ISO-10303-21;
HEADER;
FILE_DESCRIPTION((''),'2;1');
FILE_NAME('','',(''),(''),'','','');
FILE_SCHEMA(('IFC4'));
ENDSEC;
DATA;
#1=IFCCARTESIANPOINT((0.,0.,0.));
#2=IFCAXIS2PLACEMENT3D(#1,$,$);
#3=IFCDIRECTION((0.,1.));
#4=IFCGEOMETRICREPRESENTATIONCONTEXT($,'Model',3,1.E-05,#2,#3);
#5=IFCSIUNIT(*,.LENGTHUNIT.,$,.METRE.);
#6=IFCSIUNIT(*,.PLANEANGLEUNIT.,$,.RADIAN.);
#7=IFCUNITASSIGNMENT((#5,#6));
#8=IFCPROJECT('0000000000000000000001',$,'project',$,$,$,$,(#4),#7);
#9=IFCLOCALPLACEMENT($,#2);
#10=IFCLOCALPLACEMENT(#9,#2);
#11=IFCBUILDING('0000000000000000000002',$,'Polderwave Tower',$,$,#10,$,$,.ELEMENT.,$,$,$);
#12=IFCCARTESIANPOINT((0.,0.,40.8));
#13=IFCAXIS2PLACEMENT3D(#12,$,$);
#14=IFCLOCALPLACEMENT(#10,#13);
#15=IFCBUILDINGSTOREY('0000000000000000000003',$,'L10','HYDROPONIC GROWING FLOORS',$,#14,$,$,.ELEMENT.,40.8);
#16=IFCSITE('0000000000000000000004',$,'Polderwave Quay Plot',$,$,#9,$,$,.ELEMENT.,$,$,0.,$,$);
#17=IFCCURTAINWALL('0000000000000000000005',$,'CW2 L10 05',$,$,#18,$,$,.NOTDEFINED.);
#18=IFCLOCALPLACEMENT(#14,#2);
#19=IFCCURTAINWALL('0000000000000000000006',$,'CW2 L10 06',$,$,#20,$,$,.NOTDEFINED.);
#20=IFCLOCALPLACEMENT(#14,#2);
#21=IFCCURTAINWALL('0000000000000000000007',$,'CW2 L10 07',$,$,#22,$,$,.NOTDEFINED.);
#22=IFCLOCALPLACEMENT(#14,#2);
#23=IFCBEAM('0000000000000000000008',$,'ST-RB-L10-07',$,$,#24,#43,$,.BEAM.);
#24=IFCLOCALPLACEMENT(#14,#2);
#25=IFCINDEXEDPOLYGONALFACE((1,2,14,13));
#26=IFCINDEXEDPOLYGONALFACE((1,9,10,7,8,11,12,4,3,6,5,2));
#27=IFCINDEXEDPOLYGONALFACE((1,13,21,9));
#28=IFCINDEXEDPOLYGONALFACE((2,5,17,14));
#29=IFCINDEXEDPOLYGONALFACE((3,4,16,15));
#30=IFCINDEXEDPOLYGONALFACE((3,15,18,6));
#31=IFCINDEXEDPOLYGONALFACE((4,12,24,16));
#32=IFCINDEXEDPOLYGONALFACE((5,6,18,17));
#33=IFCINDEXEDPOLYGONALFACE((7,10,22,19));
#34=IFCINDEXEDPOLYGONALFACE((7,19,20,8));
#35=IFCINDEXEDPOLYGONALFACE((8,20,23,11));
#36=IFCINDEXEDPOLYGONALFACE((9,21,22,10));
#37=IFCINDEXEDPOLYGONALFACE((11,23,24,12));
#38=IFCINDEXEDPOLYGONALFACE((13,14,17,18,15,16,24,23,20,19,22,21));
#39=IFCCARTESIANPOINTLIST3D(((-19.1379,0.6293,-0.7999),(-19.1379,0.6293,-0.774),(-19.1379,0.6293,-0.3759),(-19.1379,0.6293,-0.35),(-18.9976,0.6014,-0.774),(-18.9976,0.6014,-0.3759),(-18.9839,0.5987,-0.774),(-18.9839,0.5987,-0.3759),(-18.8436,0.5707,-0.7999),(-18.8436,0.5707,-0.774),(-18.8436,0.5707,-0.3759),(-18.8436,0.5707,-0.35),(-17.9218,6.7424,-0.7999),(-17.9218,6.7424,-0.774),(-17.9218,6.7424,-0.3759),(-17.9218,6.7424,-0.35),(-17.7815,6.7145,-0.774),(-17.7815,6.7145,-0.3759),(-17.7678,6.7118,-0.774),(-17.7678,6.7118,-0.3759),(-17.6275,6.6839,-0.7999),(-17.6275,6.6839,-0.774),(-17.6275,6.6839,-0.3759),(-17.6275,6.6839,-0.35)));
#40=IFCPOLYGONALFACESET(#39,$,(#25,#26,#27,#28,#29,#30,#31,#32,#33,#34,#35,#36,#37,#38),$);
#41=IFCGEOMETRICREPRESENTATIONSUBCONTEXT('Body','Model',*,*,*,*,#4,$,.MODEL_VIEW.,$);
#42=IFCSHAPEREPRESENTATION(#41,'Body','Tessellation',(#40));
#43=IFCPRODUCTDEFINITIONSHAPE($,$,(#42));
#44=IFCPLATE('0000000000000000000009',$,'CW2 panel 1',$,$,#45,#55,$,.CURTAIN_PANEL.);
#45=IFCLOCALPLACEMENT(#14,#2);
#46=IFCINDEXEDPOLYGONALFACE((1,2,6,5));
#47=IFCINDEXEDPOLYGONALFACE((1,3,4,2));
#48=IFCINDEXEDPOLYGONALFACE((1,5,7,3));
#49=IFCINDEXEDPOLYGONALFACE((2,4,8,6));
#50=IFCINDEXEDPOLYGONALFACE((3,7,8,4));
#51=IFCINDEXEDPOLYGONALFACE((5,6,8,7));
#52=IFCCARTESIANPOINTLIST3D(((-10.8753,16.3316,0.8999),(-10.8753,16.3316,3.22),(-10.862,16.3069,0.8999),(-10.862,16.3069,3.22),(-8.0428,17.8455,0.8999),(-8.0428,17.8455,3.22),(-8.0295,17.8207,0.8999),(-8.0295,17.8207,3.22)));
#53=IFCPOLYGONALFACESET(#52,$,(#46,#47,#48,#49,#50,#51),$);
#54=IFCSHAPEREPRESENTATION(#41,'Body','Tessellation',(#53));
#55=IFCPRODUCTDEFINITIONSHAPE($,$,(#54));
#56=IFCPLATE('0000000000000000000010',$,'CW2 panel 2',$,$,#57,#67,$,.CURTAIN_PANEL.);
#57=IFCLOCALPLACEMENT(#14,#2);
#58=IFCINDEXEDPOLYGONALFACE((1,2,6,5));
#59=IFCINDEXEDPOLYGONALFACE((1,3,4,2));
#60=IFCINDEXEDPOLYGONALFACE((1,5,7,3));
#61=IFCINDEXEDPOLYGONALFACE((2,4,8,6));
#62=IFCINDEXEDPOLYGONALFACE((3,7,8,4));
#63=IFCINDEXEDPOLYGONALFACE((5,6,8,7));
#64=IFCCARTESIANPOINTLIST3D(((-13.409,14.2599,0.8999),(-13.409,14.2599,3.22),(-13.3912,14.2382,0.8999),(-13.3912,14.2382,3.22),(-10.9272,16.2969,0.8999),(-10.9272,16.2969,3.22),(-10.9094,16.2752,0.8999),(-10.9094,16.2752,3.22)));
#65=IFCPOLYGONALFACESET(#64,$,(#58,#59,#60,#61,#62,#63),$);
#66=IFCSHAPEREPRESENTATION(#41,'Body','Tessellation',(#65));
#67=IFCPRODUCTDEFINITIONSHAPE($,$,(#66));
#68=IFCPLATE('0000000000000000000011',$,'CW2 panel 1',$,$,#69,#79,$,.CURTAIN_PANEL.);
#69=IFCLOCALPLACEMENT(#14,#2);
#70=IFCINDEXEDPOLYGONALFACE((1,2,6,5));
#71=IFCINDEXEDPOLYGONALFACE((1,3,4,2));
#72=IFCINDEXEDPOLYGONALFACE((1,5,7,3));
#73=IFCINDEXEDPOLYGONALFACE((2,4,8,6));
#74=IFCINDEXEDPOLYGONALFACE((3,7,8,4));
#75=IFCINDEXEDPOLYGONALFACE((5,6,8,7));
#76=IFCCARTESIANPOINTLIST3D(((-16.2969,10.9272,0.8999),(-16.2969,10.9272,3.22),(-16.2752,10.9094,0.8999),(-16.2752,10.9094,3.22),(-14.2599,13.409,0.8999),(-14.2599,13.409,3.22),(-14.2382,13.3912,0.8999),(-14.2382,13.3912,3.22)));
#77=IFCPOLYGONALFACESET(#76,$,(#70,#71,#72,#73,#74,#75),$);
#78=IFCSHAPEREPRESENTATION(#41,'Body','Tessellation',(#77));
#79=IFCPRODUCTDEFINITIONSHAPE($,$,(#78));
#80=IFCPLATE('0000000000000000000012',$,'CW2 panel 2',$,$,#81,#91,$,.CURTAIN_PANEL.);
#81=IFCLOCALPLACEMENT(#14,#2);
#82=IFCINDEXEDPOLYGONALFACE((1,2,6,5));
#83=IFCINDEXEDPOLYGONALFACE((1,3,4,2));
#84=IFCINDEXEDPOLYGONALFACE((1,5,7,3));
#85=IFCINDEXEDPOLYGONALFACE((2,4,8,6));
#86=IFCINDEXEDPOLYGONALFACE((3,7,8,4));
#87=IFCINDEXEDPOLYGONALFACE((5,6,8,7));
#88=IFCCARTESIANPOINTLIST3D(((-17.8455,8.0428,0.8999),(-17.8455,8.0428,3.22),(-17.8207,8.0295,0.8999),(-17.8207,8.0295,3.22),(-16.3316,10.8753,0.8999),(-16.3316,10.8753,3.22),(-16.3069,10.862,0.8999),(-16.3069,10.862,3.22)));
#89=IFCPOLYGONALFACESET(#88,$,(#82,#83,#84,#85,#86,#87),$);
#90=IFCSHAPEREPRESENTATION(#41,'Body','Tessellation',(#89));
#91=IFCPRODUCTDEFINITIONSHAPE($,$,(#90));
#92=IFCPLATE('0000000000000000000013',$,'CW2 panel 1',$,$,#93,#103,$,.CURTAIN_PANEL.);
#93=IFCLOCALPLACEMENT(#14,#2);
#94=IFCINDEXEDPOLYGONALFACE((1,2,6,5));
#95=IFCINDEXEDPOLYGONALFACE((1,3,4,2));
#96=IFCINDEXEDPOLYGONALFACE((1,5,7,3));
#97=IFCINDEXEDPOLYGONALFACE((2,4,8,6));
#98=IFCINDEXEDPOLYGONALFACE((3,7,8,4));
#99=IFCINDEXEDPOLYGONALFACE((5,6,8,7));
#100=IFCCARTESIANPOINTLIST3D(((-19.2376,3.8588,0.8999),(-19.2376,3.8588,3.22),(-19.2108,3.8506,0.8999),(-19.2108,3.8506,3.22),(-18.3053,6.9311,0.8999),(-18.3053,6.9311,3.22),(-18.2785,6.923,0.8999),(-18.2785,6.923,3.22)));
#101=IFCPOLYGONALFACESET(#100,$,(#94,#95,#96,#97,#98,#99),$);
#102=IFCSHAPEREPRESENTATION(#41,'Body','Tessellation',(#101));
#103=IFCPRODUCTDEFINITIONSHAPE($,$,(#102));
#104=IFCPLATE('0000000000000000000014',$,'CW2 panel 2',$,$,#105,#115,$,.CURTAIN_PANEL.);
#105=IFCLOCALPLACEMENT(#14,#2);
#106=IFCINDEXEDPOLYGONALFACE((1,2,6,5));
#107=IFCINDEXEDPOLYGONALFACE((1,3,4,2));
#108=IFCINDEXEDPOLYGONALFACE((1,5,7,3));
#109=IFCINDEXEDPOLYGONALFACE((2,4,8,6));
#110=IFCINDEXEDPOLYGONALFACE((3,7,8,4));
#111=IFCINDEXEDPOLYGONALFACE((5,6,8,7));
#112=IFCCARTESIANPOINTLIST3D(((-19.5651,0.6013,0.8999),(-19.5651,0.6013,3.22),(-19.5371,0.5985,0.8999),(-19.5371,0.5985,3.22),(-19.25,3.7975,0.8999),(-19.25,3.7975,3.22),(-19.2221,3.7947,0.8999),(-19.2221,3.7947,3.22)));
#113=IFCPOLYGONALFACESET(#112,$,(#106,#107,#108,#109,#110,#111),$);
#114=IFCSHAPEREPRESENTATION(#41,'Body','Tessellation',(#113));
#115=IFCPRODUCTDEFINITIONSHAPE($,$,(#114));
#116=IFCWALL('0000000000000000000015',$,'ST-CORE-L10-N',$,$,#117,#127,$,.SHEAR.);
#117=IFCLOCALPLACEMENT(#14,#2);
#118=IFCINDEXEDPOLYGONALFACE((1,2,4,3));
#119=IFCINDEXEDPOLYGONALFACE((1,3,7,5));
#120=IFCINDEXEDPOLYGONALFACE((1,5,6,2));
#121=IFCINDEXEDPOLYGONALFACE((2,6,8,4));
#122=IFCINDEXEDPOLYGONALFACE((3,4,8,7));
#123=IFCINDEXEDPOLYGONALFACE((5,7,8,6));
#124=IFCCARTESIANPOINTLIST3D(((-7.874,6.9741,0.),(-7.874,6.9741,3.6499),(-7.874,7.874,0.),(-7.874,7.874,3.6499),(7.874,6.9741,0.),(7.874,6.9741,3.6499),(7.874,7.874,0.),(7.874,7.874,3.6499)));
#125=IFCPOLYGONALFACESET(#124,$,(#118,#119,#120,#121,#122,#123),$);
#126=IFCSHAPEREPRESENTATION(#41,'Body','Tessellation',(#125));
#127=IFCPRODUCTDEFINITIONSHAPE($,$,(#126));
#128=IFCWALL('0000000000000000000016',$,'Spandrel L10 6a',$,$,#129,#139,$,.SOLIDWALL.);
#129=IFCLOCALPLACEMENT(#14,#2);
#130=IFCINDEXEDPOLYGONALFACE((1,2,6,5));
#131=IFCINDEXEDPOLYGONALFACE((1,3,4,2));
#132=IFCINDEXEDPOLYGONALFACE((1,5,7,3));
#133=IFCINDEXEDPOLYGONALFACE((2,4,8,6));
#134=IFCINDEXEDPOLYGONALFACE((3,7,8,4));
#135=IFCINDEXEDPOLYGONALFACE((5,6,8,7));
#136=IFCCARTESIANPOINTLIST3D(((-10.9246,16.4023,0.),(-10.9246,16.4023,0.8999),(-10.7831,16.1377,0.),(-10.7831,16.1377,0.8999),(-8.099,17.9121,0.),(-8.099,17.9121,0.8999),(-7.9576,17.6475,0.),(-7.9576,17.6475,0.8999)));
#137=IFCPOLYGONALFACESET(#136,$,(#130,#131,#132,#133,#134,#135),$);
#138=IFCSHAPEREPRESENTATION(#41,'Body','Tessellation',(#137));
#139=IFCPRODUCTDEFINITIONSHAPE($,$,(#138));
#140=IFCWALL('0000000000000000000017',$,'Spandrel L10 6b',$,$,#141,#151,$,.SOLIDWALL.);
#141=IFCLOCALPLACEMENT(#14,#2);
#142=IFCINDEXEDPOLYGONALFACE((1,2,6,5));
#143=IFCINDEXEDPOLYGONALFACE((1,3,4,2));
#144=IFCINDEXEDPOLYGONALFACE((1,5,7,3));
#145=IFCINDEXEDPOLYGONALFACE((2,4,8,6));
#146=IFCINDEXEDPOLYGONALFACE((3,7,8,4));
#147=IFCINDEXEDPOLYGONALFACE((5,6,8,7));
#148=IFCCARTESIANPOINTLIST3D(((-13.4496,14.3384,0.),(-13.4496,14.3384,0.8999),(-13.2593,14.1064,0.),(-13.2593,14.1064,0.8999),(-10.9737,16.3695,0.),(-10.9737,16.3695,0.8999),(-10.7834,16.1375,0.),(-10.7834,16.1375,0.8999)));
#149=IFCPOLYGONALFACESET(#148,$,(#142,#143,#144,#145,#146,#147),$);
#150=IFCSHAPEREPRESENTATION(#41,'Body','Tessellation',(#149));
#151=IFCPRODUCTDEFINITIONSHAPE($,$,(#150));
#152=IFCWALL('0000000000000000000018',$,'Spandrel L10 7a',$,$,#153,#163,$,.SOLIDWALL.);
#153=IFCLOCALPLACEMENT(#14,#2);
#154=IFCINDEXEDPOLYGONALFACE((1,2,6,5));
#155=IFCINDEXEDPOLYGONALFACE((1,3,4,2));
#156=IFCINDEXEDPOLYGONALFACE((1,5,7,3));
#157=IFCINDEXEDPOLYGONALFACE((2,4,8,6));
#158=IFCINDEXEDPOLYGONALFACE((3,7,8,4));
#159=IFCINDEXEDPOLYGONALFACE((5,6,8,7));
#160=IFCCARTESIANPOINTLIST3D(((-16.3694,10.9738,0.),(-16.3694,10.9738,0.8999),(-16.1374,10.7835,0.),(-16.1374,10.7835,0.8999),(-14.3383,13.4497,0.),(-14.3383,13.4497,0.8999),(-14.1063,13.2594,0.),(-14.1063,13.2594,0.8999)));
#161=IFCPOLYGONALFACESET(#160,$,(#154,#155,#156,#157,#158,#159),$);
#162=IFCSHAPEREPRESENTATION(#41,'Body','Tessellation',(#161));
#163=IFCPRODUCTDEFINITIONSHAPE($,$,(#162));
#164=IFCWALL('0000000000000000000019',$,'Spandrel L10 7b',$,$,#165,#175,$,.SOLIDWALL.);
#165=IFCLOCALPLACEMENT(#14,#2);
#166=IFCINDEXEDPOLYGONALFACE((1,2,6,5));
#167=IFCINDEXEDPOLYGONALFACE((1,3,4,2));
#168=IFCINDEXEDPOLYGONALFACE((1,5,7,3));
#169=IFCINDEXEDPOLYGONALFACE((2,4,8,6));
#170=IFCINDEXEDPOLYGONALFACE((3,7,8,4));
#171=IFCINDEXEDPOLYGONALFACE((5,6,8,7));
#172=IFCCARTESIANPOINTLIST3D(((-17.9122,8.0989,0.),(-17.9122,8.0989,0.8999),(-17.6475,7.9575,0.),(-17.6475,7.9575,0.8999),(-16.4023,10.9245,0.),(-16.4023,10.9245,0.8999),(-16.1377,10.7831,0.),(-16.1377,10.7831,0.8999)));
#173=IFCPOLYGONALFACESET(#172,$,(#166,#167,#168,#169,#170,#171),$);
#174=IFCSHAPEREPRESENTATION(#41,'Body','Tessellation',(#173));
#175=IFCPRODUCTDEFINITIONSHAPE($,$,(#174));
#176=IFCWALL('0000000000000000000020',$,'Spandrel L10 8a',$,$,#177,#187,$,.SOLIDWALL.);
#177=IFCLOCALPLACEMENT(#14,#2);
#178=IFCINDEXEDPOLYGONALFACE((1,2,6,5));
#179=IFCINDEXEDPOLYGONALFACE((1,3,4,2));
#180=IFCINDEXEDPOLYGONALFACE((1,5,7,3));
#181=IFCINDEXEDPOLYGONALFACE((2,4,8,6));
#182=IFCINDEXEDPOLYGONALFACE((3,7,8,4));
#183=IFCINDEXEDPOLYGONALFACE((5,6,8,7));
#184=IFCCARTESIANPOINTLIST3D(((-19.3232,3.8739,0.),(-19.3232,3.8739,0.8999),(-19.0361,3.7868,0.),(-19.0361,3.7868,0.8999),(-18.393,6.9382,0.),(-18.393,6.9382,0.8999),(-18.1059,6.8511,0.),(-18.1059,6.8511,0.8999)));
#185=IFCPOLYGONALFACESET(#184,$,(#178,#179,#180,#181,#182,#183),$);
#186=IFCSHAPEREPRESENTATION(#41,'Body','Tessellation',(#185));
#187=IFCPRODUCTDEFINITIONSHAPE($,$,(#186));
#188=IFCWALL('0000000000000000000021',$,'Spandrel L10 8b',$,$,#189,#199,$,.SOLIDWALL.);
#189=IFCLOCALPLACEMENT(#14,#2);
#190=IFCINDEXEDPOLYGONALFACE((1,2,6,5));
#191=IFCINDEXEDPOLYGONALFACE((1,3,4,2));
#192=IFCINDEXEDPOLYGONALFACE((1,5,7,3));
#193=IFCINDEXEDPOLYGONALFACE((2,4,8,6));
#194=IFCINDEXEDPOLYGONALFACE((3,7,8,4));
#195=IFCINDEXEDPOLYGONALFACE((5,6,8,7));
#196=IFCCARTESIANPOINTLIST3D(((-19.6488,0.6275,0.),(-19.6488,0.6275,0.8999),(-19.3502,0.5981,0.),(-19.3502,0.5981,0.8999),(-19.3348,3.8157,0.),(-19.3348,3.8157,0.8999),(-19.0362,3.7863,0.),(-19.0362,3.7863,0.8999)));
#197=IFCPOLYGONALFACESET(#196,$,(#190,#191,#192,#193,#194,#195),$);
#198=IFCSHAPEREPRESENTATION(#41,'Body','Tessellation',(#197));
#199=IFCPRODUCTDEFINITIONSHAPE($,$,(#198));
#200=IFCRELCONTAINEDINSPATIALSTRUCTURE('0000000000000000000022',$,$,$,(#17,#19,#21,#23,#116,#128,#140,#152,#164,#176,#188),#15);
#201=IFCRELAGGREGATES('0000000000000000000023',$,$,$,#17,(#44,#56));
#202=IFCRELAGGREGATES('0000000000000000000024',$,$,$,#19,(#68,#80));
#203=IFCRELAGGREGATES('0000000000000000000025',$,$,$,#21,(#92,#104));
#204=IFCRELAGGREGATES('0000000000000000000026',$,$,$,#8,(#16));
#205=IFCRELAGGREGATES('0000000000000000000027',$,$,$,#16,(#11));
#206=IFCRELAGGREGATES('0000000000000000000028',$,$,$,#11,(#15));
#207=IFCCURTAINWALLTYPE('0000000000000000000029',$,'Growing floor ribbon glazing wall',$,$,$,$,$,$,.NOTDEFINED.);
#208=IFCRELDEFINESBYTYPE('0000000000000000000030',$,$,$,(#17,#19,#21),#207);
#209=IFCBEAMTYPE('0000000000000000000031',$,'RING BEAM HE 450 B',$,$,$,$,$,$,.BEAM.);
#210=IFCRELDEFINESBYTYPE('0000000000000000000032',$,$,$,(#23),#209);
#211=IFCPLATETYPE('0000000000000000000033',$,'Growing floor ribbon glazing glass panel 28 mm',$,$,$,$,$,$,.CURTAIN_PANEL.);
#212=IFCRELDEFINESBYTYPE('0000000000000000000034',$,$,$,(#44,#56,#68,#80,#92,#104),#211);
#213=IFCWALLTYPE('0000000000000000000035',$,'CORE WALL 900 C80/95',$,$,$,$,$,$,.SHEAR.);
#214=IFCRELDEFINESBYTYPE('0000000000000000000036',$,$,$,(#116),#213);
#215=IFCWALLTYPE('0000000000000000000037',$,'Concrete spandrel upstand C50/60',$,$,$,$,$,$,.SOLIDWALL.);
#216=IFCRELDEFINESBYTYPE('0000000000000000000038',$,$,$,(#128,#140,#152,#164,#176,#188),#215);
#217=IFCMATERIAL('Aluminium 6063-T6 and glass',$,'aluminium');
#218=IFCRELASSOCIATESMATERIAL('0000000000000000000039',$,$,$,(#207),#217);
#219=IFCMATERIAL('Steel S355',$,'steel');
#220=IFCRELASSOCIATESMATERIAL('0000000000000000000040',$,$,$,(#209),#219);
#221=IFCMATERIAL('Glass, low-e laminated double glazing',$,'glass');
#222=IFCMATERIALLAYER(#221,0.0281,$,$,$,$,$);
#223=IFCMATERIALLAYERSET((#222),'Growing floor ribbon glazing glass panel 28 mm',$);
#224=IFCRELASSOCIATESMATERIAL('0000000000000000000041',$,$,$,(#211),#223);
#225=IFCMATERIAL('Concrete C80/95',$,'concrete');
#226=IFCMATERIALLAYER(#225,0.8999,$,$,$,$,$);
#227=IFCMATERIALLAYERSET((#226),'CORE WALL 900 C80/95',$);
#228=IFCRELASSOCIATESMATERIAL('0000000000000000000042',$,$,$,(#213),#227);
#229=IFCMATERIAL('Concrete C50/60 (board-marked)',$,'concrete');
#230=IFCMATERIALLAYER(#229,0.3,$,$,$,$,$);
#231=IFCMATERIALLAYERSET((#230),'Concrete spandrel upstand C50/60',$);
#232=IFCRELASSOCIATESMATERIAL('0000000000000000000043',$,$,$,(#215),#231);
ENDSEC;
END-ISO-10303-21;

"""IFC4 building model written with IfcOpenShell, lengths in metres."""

from ifc_helpers import new_model, si_unit, direction, frame, frame_2d, origin, origin_2d, place, context, subcontext, project, spatial, rectangle, i_section, extrude, material, layer, layer_set, material_profile, profile_set, type_object, element, aggregate, save


model = new_model("IFC4")

# Units and contexts
model_context = context("Model", 3, precision=1e-05, world=origin(), true_north=direction((0.0, 1.0)))
body_context = subcontext(model_context, "Body", "Model", "MODEL_VIEW")
ifc_project = project(units=[si_unit("LENGTHUNIT", "METRE"), si_unit("PLANEANGLEUNIT", "RADIAN")], contexts=[model_context])

# Site, building, storey
site_placement = place(None, origin())
site = spatial("IfcSite", under=ifc_project, at=site_placement, Name="Polderwave Quay Plot", CompositionType="ELEMENT", RefElevation=0.0)
building_placement = place(site_placement, origin())
building = spatial("IfcBuilding", under=site, at=building_placement, Name="Polderwave Tower", CompositionType="ELEMENT")
storey_placement = place(building_placement, frame((0.0, 0.0, 40.8)))
storey = spatial("IfcBuildingStorey", under=building, at=storey_placement, Name="L10", Description="HYDROPONIC GROWING FLOORS", CompositionType="ELEMENT", Elevation=40.8)

# Curtain walls
ifc_material_1 = material(Name="Aluminium 6063-T6 and glass", Category="aluminium")
curtain_wall_type = type_object("IfcCurtainWallType", Name="Growing floor ribbon glazing wall", PredefinedType="NOTDEFINED", material=ifc_material_1)
curtain_wall_1_placement = place(storey_placement, origin())
curtain_wall_1 = element("IfcCurtainWall", 1, at=curtain_wall_1_placement, inside=storey, type_object=curtain_wall_type, Name="CW2 L10 05", PredefinedType="NOTDEFINED")
curtain_wall_2_placement = place(storey_placement, origin())
curtain_wall_2 = element("IfcCurtainWall", 2, at=curtain_wall_2_placement, inside=storey, type_object=curtain_wall_type, Name="CW2 L10 06", PredefinedType="NOTDEFINED")
curtain_wall_3_placement = place(storey_placement, origin())
curtain_wall_3 = element("IfcCurtainWall", 3, at=curtain_wall_3_placement, inside=storey, type_object=curtain_wall_type, Name="CW2 L10 07", PredefinedType="NOTDEFINED")

# Beam
ifc_material_2 = material(Name="Steel S355", Category="steel")
ifc_material_profile_1 = material_profile(ifc_material_2, i_section(OverallWidth=0.3, OverallDepth=0.45, WebThickness=0.0139, FlangeThickness=0.0259, at=origin_2d()), Name="HE 450 B")
ifc_profile_set_1 = profile_set([ifc_material_profile_1], Name="Steel S355")
beam_type = type_object("IfcBeamType", Name="RING BEAM HE 450 B", PredefinedType="BEAM", material=ifc_profile_set_1)
beam_placement = place(storey_placement, frame((-17.7747, 6.7131, -0.575), z_axis=(-0.195107, -0.980782, 0.0), x_axis=(0.980782, -0.195107, 0.0)))
element("IfcBeam", 4, at=beam_placement, inside=storey, type_object=beam_type, Name="ST-RB-L10-07", PredefinedType="BEAM", context=body_context, shape_type="SweptSolid", body=[
    extrude(i_section(OverallWidth=0.3, OverallDepth=0.45, WebThickness=0.0139, FlangeThickness=0.0259, at=origin_2d()), origin(), (0.0, 0.0, 1.0), 6.2329),
])

# Plates
ifc_material_3 = material(Name="Glass, low-e laminated double glazing", Category="glass")
ifc_layer_1 = layer(ifc_material_3, 0.0281)
ifc_layer_set_1 = layer_set([ifc_layer_1], Name="Growing floor ribbon glazing glass panel 28 mm")
plate_type = type_object("IfcPlateType", Name="Growing floor ribbon glazing glass panel 28 mm", PredefinedType="CURTAIN_PANEL", material=ifc_layer_set_1)
plate_1_placement = place(storey_placement, frame((-9.4524, 17.0762, 0.8999), z_axis=(0.0, 0.0, 1.0), x_axis=(-0.881943, -0.471357, 0.0)))
plate_1 = element("IfcPlate", 5, at=plate_1_placement, type_object=plate_type, Name="CW2 panel 1", PredefinedType="CURTAIN_PANEL", context=body_context, shape_type="SweptSolid", body=[
    extrude(rectangle(XDim=3.2117, YDim=0.0281, at=origin_2d()), origin(), (0.0, 0.0, 1.0), 2.3201),
])
plate_2_placement = place(storey_placement, frame((-12.1592, 15.2676, 0.8999), z_axis=(0.0, 0.0, 1.0), x_axis=(-0.772981, -0.63443, 0.0)))
plate_2 = element("IfcPlate", 6, at=plate_2_placement, type_object=plate_type, Name="CW2 panel 2", PredefinedType="CURTAIN_PANEL", context=body_context, shape_type="SweptSolid", body=[
    extrude(rectangle(XDim=3.2107, YDim=0.0281, at=origin_2d()), origin(), (0.0, 0.0, 1.0), 2.3201),
])
aggregate(curtain_wall_1, [plate_1, plate_2])
plate_3_placement = place(storey_placement, frame((-15.2676, 12.1592, 0.8999), z_axis=(0.0, 0.0, 1.0), x_axis=(-0.63443, -0.772981, 0.0)))
plate_3 = element("IfcPlate", 7, at=plate_3_placement, type_object=plate_type, Name="CW2 panel 1", PredefinedType="CURTAIN_PANEL", context=body_context, shape_type="SweptSolid", body=[
    extrude(rectangle(XDim=3.2107, YDim=0.0281, at=origin_2d()), origin(), (0.0, 0.0, 1.0), 2.3201),
])
plate_4_placement = place(storey_placement, frame((-17.0762, 9.4524, 0.8999), z_axis=(0.0, 0.0, 1.0), x_axis=(-0.471357, -0.881943, 0.0)))
plate_4 = element("IfcPlate", 8, at=plate_4_placement, type_object=plate_type, Name="CW2 panel 2", PredefinedType="CURTAIN_PANEL", context=body_context, shape_type="SweptSolid", body=[
    extrude(rectangle(XDim=3.2117, YDim=0.0281, at=origin_2d()), origin(), (0.0, 0.0, 1.0), 2.3201),
])
aggregate(curtain_wall_2, [plate_3, plate_4])
plate_5_placement = place(storey_placement, frame((-18.7581, 5.3909, 0.8999), z_axis=(0.0, 0.0, 1.0), x_axis=(-0.290375, -0.956913, 0.0)))
plate_5 = element("IfcPlate", 9, at=plate_5_placement, type_object=plate_type, Name="CW2 panel 1", PredefinedType="CURTAIN_PANEL", context=body_context, shape_type="SweptSolid", body=[
    extrude(rectangle(XDim=3.2107, YDim=0.0281, at=origin_2d()), origin(), (0.0, 0.0, 1.0), 2.3201),
])
plate_6_placement = place(storey_placement, frame((-19.3936, 2.198, 0.8999), z_axis=(0.0, 0.0, 1.0), x_axis=(-0.098099, -0.995177, 0.0)))
plate_6 = element("IfcPlate", 10, at=plate_6_placement, type_object=plate_type, Name="CW2 panel 2", PredefinedType="CURTAIN_PANEL", context=body_context, shape_type="SweptSolid", body=[
    extrude(rectangle(XDim=3.2117, YDim=0.0281, at=origin_2d()), origin(), (0.0, 0.0, 1.0), 2.3201),
])
aggregate(curtain_wall_3, [plate_5, plate_6])

# Walls
ifc_material_4 = material(Name="Concrete C80/95", Category="concrete")
ifc_layer_2 = layer(ifc_material_4, 0.8999)
ifc_layer_set_2 = layer_set([ifc_layer_2], Name="CORE WALL 900 C80/95")
wall_type_1 = type_object("IfcWallType", Name="CORE WALL 900 C80/95", PredefinedType="SHEAR", material=ifc_layer_set_2)
wall_1_placement = place(storey_placement, frame((-7.874, 7.4241, 0.0), z_axis=(0.0, 0.0, 1.0), x_axis=(1.0, 0.0, 0.0)))
element("IfcWall", 11, at=wall_1_placement, inside=storey, type_object=wall_type_1, Name="ST-CORE-L10-N", PredefinedType="SHEAR", context=body_context, shape_type="SweptSolid", body=[
    extrude(rectangle(XDim=15.748, YDim=0.8999, at=frame_2d((7.874, 0.0))), origin(), (0.0, 0.0, 1.0), 3.6499),
])
ifc_material_5 = material(Name="Concrete C50/60 (board-marked)", Category="concrete")
ifc_layer_3 = layer(ifc_material_5, 0.3)
ifc_layer_set_3 = layer_set([ifc_layer_3], Name="Concrete spandrel upstand C50/60")
wall_type_2 = type_object("IfcWallType", Name="Concrete spandrel upstand C50/60", PredefinedType="SOLIDWALL", material=ifc_layer_set_3)
wall_2_placement = place(storey_placement, frame((-8.0283, 17.7798, 0.0), z_axis=(0.0, 0.0, 1.0), x_axis=(-0.881981, -0.471284, 0.0)))
element("IfcWall", 12, at=wall_2_placement, inside=storey, type_object=wall_type_2, Name="Spandrel L10 6a", PredefinedType="SOLIDWALL", context=body_context, shape_type="SweptSolid", body=[
    extrude(rectangle(XDim=3.2036, YDim=0.3, at=frame_2d((1.6018, 0.0))), origin(), (0.0, 0.0, 1.0), 0.8999),
])
for number, where, z_axis, x_axis, name in (
    (13, (-10.8787, 16.2534, 0.0), (0.0, 0.0, 1.0), (-0.773141, -0.634234, 0.0), "Spandrel L10 6b"),
    (14, (-14.2224, 13.3545, 0.0), (0.0, 0.0, 1.0), (-0.634234, -0.773141, 0.0), "Spandrel L10 7a"),
):
    element("IfcWall", number, at=place(storey_placement, frame(where, z_axis=z_axis, x_axis=x_axis)), inside=storey, type_object=wall_type_2, Name=name, PredefinedType="SOLIDWALL", context=body_context, shape_type="SweptSolid", body=[
        extrude(rectangle(XDim=3.2024, YDim=0.3, at=frame_2d((1.6011, 0.0))), origin(), (0.0, 0.0, 1.0), 0.8999),
    ])
wall_3_placement = place(storey_placement, frame((-16.27, 10.8538, 0.0), z_axis=(0.0, 0.0, 1.0), x_axis=(-0.471284, -0.881981, 0.0)))
element("IfcWall", 15, at=wall_3_placement, inside=storey, type_object=wall_type_2, Name="Spandrel L10 7b", PredefinedType="SOLIDWALL", context=body_context, shape_type="SweptSolid", body=[
    extrude(rectangle(XDim=3.2036, YDim=0.3, at=frame_2d((1.6018, 0.0))), origin(), (0.0, 0.0, 1.0), 0.8999),
])
wall_4_placement = place(storey_placement, frame((-18.2495, 6.8945, 0.0), z_axis=(0.0, 0.0, 1.0), x_axis=(-0.290473, -0.956883, 0.0)))
element("IfcWall", 16, at=wall_4_placement, inside=storey, type_object=wall_type_2, Name="Spandrel L10 8a", PredefinedType="SOLIDWALL", context=body_context, shape_type="SweptSolid", body=[
    extrude(rectangle(XDim=3.2024, YDim=0.3, at=frame_2d((1.6011, 0.0))), origin(), (0.0, 0.0, 1.0), 0.8999),
])
wall_5_placement = place(storey_placement, frame((-19.1855, 3.801, 0.0), z_axis=(0.0, 0.0, 1.0), x_axis=(-0.098002, -0.995186, 0.0)))
element("IfcWall", 17, at=wall_5_placement, inside=storey, type_object=wall_type_2, Name="Spandrel L10 8b", PredefinedType="SOLIDWALL", context=body_context, shape_type="SweptSolid", body=[
    extrude(rectangle(XDim=3.2036, YDim=0.3, at=frame_2d((1.6018, 0.0))), origin(), (0.0, 0.0, 1.0), 0.8999),
])

save(model, "model.ifc")
